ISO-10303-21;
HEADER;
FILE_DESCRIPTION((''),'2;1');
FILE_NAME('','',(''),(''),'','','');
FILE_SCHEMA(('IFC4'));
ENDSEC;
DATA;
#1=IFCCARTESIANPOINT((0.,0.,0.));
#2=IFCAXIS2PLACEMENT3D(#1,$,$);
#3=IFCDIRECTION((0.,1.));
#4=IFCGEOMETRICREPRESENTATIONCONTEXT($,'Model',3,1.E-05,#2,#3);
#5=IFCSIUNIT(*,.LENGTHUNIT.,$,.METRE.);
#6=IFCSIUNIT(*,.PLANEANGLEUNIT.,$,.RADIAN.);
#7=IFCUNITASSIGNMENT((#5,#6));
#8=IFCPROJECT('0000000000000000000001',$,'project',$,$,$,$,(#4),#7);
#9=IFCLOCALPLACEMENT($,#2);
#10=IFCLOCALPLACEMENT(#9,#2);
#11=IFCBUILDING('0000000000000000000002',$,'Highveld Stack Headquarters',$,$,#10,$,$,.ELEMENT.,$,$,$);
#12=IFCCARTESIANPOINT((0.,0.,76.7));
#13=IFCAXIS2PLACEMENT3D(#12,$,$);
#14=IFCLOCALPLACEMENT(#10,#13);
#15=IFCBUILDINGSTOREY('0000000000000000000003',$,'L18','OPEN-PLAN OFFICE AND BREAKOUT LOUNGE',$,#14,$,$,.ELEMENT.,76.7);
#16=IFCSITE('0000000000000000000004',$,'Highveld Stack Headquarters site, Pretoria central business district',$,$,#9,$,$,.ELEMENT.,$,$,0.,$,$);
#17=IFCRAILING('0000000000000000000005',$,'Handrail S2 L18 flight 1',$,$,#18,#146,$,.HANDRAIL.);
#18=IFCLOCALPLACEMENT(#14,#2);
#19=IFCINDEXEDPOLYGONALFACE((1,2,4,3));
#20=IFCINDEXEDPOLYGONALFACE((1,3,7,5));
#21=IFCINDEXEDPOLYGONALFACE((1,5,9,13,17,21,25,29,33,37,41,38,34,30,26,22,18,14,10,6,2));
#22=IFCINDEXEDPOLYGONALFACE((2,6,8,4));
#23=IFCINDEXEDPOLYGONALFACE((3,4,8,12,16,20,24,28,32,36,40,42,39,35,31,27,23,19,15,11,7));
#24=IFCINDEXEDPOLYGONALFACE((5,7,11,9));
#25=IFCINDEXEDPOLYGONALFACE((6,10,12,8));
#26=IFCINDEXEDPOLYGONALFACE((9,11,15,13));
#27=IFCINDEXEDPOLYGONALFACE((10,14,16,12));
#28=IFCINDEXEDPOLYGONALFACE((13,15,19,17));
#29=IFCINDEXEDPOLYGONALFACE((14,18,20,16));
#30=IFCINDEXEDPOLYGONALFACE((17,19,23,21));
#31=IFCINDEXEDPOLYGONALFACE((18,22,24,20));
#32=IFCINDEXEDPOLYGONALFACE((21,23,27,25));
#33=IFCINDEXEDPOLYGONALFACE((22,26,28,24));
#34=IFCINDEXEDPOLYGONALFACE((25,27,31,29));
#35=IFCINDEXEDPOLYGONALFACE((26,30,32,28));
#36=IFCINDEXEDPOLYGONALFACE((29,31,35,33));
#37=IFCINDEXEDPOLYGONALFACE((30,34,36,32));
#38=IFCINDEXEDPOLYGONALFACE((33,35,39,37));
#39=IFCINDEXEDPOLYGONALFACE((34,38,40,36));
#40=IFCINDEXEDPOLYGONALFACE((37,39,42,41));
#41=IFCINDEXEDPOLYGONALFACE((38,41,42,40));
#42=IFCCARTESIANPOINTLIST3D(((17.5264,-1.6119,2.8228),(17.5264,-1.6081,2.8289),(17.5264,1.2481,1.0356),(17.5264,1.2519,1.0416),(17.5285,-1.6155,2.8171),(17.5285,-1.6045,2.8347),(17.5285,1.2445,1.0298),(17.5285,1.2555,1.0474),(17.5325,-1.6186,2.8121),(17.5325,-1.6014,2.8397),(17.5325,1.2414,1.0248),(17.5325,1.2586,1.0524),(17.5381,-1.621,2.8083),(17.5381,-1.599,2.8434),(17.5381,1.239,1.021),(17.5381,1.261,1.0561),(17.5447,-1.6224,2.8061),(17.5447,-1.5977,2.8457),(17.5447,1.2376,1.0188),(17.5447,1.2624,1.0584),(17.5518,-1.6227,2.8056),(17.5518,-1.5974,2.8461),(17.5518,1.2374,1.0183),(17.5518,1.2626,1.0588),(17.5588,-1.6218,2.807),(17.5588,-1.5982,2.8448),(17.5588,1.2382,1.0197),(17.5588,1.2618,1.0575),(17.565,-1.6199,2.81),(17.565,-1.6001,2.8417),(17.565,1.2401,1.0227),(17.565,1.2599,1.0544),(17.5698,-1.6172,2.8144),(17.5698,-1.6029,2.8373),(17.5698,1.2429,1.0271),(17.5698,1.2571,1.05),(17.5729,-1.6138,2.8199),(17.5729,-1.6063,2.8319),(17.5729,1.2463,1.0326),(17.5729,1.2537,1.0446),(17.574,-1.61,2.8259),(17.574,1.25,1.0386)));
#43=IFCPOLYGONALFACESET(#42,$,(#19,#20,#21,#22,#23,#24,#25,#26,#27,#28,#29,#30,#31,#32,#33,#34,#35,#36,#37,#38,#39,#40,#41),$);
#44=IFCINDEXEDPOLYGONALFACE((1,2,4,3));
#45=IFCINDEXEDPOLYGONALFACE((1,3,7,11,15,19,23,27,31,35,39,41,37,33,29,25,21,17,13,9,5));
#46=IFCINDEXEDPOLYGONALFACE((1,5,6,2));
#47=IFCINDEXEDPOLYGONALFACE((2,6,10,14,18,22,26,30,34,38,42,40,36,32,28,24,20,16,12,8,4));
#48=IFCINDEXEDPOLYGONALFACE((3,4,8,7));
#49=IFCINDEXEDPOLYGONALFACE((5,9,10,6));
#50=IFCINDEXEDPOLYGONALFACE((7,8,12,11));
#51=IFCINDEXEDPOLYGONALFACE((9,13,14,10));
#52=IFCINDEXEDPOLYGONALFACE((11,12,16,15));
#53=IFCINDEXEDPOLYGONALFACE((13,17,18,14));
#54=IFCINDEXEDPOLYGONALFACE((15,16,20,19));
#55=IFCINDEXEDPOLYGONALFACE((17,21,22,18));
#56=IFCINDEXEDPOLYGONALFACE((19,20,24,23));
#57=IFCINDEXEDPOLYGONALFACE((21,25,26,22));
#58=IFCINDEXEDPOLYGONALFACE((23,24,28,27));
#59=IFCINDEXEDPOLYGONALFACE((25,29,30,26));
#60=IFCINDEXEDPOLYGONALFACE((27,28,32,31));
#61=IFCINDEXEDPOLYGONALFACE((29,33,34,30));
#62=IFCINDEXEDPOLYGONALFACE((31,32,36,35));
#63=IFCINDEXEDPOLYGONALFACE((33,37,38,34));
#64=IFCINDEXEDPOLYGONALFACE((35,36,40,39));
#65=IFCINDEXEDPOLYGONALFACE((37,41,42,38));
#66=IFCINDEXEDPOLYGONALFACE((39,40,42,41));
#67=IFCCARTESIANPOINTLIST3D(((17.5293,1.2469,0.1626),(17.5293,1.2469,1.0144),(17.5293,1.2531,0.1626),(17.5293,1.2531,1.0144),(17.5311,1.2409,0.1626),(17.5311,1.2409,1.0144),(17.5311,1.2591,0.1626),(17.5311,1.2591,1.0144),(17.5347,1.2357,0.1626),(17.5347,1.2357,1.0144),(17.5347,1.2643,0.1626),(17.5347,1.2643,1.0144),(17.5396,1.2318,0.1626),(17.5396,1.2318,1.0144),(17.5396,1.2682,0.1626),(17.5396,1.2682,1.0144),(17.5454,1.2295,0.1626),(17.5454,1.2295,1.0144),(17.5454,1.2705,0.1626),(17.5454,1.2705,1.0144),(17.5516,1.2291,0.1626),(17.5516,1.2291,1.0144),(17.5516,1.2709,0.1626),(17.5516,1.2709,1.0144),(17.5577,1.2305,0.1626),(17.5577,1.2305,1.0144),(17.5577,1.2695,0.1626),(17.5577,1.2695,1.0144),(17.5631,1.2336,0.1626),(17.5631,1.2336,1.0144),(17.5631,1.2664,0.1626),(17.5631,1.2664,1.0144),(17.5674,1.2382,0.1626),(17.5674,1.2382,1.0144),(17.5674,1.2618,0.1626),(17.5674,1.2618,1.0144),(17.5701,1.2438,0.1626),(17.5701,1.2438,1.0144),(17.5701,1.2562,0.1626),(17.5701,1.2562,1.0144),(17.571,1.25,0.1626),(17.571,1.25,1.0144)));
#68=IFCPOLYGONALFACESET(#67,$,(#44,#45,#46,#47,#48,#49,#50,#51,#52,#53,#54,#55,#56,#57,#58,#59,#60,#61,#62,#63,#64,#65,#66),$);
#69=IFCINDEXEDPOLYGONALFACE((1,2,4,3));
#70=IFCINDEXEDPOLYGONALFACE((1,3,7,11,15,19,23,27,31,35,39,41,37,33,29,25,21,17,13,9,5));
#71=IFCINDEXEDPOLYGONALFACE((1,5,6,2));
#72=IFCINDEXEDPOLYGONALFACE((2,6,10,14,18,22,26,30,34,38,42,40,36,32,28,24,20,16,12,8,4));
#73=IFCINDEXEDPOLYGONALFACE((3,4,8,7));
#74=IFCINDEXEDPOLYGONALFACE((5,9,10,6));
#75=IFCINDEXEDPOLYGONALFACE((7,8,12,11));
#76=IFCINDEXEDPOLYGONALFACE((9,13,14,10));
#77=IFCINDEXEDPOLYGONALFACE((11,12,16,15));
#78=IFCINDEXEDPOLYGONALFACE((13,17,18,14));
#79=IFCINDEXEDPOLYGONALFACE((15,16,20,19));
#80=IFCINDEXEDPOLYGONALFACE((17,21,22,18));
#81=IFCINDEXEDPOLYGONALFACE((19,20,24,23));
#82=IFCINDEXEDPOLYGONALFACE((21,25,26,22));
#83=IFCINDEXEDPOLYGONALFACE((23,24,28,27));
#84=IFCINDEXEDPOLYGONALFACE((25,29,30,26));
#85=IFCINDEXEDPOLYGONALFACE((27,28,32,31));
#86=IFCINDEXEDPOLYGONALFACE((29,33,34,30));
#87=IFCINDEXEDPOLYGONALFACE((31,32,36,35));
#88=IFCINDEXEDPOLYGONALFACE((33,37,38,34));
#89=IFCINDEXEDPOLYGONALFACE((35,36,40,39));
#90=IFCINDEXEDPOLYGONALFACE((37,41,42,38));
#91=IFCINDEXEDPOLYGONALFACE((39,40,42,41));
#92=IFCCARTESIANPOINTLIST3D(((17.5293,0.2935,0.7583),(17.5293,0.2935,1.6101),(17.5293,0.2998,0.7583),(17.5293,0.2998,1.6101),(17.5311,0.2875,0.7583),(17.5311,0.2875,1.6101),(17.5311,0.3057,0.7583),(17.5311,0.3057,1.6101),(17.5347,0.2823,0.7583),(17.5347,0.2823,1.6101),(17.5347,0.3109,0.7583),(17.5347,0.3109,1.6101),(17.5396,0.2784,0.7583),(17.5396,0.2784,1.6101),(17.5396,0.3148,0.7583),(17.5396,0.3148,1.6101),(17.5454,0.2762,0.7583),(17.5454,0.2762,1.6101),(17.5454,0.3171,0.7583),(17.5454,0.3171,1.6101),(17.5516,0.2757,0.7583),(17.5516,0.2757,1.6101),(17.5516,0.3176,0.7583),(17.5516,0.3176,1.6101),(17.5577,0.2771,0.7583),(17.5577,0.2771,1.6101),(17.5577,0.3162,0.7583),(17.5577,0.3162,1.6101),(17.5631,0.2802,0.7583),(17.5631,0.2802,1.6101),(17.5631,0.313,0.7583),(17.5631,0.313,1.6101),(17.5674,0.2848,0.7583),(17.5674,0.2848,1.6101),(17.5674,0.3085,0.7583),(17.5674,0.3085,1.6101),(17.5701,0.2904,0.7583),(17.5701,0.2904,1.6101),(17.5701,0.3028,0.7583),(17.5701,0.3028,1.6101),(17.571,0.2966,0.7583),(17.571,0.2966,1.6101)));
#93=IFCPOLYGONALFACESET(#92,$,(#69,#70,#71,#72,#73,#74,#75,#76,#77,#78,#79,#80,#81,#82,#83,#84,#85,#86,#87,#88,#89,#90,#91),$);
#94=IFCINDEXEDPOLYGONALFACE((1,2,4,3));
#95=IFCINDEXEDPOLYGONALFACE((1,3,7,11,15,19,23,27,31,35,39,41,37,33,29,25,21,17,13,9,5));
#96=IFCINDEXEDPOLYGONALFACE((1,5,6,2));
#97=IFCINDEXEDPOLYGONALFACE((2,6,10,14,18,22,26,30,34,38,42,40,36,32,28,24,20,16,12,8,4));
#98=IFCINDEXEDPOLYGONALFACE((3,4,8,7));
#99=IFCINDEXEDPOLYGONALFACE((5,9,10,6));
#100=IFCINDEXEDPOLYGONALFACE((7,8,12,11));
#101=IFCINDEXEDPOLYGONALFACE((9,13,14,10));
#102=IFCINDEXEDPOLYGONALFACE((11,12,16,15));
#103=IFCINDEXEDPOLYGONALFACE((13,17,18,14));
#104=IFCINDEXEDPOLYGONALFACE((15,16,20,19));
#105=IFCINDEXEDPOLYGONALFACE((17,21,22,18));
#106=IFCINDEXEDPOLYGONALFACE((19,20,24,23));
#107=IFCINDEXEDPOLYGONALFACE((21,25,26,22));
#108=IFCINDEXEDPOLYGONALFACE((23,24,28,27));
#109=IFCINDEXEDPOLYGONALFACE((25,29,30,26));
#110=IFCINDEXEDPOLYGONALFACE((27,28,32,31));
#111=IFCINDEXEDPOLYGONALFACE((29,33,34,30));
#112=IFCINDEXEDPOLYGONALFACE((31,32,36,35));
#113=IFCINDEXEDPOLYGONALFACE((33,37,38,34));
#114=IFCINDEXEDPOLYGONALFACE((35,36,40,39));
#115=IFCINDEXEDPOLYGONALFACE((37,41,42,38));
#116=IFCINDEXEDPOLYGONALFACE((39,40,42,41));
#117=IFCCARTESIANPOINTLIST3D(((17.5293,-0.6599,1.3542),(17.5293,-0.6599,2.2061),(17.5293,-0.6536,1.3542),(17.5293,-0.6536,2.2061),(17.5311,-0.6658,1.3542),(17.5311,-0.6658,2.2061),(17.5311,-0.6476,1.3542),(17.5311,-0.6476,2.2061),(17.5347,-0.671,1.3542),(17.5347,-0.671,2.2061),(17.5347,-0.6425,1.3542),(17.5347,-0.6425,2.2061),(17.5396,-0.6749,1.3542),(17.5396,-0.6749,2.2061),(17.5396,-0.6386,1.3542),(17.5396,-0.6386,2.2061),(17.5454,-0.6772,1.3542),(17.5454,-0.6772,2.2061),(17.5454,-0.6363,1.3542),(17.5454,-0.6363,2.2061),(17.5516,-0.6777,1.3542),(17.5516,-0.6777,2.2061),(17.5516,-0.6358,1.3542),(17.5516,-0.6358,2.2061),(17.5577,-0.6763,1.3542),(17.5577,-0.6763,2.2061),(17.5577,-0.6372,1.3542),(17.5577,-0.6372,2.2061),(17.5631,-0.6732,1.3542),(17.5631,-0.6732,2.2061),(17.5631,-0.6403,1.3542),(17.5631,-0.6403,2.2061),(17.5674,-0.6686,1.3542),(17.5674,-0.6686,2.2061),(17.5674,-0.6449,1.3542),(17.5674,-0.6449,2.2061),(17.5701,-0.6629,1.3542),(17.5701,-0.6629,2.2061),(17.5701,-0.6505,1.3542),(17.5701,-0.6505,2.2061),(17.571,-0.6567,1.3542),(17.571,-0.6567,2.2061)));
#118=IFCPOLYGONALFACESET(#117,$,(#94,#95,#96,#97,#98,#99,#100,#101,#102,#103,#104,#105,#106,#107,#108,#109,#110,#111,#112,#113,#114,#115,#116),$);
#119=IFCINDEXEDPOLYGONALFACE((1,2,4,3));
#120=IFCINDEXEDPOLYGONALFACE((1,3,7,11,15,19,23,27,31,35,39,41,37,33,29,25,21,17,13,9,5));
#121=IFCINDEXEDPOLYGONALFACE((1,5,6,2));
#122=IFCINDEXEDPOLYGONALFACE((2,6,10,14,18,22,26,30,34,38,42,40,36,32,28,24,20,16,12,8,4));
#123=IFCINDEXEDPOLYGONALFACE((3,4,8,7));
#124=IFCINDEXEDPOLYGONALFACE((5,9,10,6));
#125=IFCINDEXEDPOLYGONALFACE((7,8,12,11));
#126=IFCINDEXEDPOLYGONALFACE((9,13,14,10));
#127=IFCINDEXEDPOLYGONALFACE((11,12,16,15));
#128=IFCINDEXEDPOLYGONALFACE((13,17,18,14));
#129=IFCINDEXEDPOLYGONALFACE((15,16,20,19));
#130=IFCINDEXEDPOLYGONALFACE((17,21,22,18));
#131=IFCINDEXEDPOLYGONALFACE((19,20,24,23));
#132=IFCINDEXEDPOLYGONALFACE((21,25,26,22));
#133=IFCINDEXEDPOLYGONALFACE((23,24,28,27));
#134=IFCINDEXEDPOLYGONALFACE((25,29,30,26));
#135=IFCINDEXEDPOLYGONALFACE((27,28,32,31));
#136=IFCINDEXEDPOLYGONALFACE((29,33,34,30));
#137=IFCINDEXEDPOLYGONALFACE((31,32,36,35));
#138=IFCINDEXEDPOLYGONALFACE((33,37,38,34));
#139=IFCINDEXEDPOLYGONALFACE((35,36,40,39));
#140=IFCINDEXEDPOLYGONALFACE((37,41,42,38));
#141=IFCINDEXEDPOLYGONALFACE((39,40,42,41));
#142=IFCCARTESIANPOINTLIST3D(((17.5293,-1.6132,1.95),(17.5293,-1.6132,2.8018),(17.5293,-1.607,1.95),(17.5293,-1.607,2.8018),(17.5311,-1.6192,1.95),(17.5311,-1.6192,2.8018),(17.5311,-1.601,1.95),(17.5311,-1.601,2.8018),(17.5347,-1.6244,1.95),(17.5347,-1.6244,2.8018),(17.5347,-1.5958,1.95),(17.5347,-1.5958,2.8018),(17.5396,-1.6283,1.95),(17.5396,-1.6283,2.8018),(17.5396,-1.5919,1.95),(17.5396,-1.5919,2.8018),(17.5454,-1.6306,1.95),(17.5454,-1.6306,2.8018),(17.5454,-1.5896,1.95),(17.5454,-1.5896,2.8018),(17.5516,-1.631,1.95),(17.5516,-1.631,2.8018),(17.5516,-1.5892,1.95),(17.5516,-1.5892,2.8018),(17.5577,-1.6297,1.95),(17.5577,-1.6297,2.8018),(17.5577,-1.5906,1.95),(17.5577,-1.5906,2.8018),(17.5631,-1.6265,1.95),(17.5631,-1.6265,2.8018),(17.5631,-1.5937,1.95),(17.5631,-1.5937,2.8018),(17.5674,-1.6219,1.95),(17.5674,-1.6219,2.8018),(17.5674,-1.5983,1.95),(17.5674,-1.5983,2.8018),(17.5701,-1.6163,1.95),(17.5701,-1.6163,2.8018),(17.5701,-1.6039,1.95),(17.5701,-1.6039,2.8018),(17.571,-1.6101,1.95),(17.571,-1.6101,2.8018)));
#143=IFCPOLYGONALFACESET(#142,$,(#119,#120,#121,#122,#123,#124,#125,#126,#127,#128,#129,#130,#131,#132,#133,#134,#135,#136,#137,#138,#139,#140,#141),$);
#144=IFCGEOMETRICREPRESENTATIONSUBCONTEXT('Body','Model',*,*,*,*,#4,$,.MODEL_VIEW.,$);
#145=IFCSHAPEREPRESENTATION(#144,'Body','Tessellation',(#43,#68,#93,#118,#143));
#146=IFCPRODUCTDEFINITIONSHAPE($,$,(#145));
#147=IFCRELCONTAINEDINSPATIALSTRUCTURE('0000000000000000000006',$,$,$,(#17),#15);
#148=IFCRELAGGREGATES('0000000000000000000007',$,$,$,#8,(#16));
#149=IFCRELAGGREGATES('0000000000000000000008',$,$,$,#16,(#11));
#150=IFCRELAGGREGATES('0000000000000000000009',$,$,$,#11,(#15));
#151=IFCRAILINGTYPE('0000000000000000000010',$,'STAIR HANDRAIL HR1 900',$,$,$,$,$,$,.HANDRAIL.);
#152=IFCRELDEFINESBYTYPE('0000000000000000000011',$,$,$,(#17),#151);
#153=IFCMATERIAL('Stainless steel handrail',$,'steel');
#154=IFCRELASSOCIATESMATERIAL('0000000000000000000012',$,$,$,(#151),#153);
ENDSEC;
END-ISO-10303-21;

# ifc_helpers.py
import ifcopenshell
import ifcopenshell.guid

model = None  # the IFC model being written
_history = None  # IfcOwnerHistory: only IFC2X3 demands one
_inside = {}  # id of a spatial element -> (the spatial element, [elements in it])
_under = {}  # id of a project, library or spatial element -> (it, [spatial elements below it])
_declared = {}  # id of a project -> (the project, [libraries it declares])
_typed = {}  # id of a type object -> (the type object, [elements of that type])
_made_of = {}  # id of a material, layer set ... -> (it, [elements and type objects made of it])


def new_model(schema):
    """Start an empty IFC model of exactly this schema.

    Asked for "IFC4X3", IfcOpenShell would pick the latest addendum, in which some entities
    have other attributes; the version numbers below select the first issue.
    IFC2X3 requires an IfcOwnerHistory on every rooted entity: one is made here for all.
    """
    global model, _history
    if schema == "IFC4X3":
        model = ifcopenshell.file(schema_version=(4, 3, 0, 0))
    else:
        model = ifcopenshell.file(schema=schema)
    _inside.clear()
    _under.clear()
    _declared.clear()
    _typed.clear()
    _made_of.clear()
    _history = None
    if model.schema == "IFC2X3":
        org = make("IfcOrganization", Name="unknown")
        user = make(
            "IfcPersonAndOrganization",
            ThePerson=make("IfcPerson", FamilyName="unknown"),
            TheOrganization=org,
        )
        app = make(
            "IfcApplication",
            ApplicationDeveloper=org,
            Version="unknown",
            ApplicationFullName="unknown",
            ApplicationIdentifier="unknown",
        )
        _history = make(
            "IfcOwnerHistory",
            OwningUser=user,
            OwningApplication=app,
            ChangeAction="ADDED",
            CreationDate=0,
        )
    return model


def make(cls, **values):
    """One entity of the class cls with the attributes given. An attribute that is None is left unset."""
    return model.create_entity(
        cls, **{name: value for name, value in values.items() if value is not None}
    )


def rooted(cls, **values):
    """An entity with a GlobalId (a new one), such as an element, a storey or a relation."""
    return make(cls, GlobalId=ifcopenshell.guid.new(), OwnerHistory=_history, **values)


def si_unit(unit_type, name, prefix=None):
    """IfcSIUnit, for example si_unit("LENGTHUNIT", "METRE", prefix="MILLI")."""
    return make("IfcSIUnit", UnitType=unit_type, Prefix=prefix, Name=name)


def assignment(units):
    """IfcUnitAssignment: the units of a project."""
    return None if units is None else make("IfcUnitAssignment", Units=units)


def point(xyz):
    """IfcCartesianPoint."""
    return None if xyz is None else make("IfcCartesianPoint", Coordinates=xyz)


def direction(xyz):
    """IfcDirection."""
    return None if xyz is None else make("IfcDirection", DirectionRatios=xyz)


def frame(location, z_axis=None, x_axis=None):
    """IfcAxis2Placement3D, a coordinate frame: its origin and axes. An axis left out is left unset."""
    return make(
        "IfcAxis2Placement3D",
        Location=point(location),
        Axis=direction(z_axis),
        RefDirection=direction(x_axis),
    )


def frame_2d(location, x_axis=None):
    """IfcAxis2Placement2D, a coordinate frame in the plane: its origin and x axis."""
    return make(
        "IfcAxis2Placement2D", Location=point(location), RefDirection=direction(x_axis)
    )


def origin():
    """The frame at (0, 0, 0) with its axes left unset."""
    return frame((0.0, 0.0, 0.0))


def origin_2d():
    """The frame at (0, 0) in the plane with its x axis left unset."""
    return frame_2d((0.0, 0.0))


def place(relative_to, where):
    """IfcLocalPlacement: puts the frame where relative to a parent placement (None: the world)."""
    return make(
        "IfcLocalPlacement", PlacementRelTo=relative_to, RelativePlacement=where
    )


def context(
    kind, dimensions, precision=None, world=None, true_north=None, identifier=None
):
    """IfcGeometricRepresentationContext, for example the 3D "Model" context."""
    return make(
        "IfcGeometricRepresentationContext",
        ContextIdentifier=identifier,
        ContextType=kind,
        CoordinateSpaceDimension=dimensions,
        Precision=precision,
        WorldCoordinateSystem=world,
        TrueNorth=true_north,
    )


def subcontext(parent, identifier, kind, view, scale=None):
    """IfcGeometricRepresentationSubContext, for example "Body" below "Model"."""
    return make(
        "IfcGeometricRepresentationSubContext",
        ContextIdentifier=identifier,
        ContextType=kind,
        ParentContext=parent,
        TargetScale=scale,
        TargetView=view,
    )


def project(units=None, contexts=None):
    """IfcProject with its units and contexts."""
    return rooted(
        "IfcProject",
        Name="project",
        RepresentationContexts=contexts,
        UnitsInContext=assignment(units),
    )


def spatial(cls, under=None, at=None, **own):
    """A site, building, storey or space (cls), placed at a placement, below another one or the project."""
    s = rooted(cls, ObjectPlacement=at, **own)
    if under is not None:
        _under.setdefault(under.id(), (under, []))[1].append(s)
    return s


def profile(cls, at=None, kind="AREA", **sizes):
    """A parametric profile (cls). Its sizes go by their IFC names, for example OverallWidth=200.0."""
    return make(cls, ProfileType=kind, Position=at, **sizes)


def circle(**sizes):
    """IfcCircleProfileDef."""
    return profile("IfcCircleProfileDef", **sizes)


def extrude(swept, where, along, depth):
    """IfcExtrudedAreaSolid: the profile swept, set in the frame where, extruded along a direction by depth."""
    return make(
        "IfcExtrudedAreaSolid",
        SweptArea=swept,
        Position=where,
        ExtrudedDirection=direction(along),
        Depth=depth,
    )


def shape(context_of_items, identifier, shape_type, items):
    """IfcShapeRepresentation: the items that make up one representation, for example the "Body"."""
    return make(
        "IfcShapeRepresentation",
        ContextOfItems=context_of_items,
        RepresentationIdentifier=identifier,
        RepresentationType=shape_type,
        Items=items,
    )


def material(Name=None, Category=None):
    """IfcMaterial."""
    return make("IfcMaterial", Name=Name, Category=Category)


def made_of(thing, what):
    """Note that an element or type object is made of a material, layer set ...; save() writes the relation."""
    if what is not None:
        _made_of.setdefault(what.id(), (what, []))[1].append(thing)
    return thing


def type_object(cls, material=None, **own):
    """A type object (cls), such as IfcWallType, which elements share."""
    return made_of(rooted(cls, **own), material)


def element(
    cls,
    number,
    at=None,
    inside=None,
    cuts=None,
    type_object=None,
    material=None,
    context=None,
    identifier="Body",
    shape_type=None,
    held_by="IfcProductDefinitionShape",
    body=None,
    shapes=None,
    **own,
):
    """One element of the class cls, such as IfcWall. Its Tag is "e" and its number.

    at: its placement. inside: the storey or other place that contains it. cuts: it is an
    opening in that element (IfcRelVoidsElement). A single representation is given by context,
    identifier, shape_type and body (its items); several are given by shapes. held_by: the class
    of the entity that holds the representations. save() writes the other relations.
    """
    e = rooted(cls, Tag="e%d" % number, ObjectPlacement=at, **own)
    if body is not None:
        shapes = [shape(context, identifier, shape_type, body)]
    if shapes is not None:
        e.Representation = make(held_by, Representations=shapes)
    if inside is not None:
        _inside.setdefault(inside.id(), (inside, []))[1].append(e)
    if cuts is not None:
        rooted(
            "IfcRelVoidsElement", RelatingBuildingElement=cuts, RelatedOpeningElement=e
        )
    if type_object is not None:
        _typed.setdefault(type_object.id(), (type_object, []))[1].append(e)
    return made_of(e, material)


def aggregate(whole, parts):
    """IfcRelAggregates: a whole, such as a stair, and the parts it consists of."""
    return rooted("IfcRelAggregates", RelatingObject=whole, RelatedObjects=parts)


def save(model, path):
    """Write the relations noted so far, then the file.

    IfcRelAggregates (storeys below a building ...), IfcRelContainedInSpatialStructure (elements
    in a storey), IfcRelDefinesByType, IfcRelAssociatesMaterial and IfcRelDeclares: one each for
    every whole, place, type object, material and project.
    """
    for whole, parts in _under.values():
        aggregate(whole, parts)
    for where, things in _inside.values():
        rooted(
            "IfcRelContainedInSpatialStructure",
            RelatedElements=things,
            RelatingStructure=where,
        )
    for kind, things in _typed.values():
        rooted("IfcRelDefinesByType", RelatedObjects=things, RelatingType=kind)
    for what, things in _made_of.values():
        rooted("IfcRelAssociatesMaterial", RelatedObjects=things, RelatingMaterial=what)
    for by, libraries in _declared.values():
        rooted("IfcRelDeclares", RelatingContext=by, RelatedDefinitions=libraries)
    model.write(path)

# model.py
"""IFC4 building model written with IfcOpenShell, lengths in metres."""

from ifc_helpers import new_model, si_unit, direction, frame, origin, origin_2d, place, context, subcontext, project, spatial, circle, extrude, material, type_object, element, save


model = new_model("IFC4")

# Units and contexts
model_context = context("Model", 3, precision=1e-05, world=origin(), true_north=direction((0.0, 1.0)))
body_context = subcontext(model_context, "Body", "Model", "MODEL_VIEW")
ifc_project = project(units=[si_unit("LENGTHUNIT", "METRE"), si_unit("PLANEANGLEUNIT", "RADIAN")], contexts=[model_context])

# Site, building, storey
site_placement = place(None, origin())
site = spatial("IfcSite", under=ifc_project, at=site_placement, Name="Highveld Stack Headquarters site, Pretoria central business district", CompositionType="ELEMENT", RefElevation=0.0)
building_placement = place(site_placement, origin())
building = spatial("IfcBuilding", under=site, at=building_placement, Name="Highveld Stack Headquarters", CompositionType="ELEMENT")
storey_placement = place(building_placement, frame((0.0, 0.0, 76.7)))
storey = spatial("IfcBuildingStorey", under=building, at=storey_placement, Name="L18", Description="OPEN-PLAN OFFICE AND BREAKOUT LOUNGE", CompositionType="ELEMENT", Elevation=76.7)

# Railing
ifc_material_1 = material(Name="Stainless steel handrail", Category="steel")
railing_type = type_object("IfcRailingType", Name="STAIR HANDRAIL HR1 900", PredefinedType="HANDRAIL", material=ifc_material_1)
for number, where, name in (
    (1, (17.55, 1.25, 0.1626), "Handrail S2 L18 flight 1"),
):
    element("IfcRailing", number, at=place(storey_placement, frame(where)), inside=storey, type_object=railing_type, Name=name, PredefinedType="HANDRAIL", context=body_context, shape_type="SweptSolid", body=[
        extrude(circle(Radius=0.0239, at=origin_2d()), frame((0.0, 0.0, 0.876), z_axis=(0.0, -0.848027, 0.529953), x_axis=(1.0, 0.0, 0.0)), (0.0, 0.0, 1.0), 3.3726),
        extrude(circle(Radius=0.021, at=origin_2d()), origin(), (0.0, 0.0, 1.0), 0.8518),
        extrude(circle(Radius=0.021, at=origin_2d()), frame((0.0, -0.9534, 0.5957)), (0.0, 0.0, 1.0), 0.8518),
        extrude(circle(Radius=0.021, at=origin_2d()), frame((0.0, -1.9067, 1.1917)), (0.0, 0.0, 1.0), 0.8518),
        extrude(circle(Radius=0.021, at=origin_2d()), frame((0.0, -2.8601, 1.7874)), (0.0, 0.0, 1.0), 0.8518),
    ])

save(model, "model.ifc")
